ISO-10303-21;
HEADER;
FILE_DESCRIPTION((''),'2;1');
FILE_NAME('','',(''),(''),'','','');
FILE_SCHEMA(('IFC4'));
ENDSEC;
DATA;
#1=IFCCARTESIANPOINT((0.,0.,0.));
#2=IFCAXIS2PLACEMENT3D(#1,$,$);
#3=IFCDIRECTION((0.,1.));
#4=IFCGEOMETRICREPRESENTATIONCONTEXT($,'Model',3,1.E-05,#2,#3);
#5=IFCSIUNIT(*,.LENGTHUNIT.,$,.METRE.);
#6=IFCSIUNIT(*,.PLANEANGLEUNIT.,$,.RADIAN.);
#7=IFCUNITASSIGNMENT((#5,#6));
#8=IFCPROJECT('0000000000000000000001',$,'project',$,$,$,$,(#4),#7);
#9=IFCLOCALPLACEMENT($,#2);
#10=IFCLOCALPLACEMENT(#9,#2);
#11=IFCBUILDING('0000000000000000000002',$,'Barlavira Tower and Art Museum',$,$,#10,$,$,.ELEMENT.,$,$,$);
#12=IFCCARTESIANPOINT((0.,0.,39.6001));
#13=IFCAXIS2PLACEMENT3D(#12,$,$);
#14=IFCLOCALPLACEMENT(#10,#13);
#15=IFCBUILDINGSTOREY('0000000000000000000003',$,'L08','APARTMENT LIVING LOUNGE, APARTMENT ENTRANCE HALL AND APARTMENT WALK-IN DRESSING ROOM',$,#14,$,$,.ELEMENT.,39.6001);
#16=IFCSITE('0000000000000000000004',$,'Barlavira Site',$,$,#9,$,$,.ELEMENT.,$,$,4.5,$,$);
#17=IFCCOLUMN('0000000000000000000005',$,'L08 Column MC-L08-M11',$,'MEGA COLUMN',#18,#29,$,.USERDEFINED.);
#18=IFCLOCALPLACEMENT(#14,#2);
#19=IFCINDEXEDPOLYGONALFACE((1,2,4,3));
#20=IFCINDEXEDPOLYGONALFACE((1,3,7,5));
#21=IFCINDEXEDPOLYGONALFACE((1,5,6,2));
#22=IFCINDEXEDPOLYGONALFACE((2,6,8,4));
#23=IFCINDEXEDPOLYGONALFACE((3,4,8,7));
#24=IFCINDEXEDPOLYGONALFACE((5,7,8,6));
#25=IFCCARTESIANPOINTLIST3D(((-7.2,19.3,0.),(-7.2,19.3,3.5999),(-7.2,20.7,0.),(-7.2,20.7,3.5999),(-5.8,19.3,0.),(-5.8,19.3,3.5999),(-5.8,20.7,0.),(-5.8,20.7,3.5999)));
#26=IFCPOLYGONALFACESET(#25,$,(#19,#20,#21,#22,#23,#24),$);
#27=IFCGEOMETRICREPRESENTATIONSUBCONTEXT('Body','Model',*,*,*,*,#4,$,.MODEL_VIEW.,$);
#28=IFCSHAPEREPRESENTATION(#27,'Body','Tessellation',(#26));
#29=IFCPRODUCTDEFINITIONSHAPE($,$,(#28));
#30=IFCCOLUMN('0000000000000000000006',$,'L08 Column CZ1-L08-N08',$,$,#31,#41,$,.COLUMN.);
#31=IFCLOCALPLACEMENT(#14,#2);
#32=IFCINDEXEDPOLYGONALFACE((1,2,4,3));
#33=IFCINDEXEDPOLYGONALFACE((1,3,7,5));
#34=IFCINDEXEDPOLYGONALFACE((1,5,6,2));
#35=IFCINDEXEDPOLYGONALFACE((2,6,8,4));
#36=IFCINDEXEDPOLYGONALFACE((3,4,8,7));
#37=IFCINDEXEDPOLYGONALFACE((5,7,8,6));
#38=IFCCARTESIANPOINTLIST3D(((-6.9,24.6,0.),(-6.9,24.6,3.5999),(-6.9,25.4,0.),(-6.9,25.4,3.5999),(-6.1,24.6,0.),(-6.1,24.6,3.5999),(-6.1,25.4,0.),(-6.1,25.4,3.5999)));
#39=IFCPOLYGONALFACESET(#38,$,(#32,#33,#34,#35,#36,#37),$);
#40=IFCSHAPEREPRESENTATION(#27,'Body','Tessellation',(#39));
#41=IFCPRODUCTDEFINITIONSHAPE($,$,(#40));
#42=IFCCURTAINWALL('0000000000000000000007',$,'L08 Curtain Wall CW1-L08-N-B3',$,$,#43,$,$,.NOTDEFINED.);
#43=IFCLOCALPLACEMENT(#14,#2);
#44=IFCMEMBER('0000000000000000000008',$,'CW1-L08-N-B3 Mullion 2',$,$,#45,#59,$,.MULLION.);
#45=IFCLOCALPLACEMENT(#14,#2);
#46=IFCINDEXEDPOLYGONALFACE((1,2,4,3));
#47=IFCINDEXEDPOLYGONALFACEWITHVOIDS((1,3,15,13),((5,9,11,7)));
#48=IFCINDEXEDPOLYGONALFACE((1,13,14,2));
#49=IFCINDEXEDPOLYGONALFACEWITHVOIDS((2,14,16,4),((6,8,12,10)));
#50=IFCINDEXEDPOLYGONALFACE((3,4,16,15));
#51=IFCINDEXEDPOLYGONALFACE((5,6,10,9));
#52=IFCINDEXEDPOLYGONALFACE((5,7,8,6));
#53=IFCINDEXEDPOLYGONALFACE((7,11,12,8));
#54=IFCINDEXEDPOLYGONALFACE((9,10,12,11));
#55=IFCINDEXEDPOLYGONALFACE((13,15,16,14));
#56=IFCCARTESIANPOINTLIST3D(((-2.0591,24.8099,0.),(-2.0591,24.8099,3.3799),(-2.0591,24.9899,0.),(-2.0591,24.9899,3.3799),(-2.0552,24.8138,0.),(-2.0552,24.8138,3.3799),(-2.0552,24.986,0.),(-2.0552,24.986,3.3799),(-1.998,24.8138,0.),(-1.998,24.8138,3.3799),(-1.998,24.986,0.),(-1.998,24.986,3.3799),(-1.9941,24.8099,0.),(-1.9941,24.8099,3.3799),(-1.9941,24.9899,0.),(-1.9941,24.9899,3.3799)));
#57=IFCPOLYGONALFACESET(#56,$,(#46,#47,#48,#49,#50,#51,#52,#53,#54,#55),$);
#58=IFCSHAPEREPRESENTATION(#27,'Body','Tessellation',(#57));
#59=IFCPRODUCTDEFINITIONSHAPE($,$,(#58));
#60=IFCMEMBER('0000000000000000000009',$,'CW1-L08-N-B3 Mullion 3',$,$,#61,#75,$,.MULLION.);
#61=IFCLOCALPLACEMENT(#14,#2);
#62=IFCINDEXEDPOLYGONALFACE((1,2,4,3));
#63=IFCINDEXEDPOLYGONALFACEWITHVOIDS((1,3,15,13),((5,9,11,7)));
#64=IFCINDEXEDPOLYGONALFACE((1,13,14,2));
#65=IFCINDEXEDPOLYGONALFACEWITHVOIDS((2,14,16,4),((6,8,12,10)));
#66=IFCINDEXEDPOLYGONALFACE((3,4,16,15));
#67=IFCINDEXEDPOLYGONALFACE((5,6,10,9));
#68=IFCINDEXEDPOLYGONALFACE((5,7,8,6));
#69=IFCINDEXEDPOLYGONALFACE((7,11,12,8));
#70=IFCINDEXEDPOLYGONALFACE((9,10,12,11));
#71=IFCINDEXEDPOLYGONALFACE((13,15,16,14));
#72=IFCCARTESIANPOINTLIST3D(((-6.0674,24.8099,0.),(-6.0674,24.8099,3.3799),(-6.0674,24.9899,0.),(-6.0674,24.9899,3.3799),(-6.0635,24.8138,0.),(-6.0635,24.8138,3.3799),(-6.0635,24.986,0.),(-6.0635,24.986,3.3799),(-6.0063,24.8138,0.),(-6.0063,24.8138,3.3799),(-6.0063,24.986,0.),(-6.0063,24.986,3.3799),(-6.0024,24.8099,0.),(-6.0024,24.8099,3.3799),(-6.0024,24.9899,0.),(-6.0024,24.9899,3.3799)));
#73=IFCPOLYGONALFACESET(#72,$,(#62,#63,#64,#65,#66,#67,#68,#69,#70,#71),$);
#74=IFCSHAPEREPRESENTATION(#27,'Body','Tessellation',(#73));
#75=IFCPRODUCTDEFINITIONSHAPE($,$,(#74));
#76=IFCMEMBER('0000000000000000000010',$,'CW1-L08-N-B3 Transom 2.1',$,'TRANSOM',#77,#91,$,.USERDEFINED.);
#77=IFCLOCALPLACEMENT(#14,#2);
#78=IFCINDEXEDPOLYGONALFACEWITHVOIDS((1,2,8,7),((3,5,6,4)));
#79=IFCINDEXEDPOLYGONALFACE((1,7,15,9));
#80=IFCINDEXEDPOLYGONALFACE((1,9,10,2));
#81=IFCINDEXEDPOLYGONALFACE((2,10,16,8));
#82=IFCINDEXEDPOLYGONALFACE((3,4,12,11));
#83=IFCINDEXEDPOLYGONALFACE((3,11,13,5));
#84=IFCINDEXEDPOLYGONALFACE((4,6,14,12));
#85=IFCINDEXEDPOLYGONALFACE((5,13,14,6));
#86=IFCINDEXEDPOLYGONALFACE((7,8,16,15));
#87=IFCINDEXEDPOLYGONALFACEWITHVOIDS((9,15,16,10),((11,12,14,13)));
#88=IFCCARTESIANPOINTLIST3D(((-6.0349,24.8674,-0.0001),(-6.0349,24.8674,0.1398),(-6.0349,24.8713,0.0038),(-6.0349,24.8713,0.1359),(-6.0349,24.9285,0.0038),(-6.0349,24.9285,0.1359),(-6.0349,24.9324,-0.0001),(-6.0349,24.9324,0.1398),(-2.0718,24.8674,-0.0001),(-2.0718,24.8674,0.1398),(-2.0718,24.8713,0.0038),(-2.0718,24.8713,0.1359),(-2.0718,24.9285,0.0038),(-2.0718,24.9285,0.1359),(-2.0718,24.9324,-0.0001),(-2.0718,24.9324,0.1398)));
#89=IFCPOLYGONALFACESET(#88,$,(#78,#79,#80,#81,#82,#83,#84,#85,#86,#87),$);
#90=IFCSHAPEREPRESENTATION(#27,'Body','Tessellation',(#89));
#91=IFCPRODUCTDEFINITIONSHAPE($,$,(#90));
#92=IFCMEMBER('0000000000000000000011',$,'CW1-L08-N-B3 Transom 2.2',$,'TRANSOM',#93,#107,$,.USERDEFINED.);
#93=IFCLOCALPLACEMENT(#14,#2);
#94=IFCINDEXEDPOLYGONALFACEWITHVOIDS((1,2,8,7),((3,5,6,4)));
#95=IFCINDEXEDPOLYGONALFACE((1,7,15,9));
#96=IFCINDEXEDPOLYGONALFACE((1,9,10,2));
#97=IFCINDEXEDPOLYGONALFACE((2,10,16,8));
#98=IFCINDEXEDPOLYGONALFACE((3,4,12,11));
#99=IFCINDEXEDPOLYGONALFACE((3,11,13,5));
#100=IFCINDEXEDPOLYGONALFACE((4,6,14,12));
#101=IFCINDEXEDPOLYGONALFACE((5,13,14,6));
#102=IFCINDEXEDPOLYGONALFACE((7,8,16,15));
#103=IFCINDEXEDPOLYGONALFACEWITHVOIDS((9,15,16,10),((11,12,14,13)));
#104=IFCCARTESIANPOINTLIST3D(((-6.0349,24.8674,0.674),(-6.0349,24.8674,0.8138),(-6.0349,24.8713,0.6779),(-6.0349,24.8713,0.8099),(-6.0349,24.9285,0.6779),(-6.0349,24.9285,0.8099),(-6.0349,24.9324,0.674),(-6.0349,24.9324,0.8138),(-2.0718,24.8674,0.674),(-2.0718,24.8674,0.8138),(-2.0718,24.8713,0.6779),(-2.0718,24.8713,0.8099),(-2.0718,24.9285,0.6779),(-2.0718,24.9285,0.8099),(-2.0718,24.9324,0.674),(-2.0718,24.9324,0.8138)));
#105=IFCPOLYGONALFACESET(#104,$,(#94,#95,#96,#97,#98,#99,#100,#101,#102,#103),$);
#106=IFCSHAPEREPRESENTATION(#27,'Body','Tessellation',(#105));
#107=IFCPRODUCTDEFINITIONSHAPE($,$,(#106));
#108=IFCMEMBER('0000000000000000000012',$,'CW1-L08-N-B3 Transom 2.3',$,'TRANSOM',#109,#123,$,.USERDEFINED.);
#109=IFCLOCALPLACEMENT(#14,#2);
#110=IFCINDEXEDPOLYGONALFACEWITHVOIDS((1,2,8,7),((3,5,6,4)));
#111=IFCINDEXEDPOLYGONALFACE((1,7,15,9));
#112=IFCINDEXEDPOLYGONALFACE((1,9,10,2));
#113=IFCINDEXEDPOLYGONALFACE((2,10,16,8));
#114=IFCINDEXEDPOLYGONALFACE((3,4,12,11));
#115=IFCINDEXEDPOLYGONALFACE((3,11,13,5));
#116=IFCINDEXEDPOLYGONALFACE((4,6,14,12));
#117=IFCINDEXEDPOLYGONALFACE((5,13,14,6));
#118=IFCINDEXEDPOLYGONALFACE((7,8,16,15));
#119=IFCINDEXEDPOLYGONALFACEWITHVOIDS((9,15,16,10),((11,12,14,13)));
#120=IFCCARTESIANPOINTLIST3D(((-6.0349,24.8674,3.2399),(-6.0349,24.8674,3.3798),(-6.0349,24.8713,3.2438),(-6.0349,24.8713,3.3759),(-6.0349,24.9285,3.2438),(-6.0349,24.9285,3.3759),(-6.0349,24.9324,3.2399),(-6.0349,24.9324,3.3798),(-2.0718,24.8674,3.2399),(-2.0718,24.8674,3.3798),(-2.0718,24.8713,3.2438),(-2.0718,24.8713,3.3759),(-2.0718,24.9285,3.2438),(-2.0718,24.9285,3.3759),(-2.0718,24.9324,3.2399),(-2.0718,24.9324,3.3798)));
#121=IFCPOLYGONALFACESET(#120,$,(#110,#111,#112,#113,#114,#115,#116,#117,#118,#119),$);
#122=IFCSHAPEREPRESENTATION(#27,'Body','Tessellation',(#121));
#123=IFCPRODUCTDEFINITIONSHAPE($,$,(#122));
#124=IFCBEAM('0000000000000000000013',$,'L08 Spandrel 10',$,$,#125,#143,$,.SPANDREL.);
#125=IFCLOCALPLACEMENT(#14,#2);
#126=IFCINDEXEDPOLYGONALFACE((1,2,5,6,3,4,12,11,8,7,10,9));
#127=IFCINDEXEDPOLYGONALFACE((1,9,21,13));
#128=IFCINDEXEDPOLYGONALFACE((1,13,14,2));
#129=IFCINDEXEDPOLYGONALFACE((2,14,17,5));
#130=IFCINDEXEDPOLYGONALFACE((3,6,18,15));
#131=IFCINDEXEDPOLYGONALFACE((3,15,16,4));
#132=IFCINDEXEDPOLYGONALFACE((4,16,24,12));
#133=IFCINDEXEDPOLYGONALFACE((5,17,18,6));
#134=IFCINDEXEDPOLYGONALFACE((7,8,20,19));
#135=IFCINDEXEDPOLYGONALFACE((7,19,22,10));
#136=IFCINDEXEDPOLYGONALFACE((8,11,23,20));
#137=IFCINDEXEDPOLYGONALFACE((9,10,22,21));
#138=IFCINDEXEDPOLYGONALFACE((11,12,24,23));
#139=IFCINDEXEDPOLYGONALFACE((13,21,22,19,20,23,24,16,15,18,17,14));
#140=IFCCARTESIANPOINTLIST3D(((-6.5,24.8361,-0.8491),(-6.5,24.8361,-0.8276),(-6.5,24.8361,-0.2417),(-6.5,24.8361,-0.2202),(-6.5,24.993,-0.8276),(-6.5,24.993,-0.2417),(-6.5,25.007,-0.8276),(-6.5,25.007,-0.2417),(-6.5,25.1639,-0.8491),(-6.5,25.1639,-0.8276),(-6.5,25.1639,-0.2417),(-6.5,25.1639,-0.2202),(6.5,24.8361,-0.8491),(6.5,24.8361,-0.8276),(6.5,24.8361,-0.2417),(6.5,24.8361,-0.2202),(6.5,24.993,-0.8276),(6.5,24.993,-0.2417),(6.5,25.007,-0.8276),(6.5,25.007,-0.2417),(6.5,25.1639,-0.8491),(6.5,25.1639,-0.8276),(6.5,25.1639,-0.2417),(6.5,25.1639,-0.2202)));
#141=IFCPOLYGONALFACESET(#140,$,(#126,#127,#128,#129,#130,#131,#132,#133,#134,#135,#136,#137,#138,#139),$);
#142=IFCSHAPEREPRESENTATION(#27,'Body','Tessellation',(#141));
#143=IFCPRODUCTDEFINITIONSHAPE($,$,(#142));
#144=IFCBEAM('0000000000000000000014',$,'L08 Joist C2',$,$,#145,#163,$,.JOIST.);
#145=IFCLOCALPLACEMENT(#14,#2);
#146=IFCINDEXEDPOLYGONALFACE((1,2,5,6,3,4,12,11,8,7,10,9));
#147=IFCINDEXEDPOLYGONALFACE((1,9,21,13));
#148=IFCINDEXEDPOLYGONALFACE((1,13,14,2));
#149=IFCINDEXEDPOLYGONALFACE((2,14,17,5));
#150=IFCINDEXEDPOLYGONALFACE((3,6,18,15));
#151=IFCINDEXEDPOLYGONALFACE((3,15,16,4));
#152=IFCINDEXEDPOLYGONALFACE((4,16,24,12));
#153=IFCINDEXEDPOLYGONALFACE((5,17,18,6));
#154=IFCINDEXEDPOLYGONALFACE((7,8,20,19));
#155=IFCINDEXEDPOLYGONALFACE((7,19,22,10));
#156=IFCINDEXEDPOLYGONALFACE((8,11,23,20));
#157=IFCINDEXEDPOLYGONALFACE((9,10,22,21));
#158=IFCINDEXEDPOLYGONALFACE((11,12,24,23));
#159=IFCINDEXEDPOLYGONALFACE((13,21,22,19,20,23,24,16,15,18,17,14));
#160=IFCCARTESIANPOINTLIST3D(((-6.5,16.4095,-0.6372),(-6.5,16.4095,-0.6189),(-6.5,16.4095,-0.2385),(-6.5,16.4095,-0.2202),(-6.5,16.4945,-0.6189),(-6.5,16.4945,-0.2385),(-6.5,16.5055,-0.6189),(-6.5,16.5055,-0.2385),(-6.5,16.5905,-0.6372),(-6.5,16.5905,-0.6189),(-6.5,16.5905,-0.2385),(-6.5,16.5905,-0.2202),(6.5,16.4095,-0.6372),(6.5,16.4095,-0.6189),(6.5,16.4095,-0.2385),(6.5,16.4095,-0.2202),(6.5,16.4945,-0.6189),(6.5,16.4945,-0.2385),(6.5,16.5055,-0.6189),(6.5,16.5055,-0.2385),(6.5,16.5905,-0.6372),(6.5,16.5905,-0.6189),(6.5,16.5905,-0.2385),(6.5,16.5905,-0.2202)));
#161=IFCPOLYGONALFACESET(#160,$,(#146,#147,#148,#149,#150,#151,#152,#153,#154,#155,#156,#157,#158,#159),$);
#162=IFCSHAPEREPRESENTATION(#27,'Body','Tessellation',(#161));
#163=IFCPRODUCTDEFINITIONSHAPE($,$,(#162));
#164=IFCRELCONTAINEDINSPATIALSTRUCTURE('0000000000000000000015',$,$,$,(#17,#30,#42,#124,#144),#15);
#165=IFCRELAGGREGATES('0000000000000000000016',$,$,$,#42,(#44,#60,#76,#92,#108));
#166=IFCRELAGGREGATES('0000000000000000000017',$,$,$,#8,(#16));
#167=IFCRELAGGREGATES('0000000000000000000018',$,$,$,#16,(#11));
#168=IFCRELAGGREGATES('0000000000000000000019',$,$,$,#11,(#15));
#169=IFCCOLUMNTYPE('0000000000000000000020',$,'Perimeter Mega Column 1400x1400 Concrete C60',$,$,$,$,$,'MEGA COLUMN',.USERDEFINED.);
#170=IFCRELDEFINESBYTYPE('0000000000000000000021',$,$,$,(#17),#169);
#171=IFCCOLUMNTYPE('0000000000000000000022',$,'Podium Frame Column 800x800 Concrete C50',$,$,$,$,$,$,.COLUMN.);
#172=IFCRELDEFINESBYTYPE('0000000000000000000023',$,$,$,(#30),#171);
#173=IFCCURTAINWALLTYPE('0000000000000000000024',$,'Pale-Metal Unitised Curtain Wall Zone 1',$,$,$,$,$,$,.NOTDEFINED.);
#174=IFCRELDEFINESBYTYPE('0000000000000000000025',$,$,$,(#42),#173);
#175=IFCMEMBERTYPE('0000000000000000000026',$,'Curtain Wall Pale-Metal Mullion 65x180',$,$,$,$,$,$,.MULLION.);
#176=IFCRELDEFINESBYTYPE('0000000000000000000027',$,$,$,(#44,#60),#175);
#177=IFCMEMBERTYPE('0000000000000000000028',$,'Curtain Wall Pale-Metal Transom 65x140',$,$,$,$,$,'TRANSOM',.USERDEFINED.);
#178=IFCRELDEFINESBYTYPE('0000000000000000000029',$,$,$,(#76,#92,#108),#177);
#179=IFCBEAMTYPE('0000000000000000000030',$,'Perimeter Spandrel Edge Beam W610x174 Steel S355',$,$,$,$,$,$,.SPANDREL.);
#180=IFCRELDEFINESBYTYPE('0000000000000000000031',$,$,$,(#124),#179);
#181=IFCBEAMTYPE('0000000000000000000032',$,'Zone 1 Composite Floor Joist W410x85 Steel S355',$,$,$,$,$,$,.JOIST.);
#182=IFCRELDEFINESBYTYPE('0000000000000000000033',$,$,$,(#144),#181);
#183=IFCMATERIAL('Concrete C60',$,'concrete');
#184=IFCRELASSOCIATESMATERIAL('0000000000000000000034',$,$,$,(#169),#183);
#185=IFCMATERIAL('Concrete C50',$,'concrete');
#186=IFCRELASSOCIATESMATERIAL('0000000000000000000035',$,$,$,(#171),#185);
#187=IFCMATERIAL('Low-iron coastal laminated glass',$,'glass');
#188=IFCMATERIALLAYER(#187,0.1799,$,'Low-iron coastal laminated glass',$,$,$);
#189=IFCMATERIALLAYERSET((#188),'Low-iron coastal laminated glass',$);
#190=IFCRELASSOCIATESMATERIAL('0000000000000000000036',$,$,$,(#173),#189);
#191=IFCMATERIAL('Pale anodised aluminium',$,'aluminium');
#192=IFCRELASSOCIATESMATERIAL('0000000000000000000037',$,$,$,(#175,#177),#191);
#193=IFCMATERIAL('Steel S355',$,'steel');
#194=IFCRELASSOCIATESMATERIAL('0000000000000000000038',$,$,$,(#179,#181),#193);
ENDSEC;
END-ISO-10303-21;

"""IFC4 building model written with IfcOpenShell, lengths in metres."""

from ifc_helpers import new_model, si_unit, direction, frame, origin, origin_2d, place, context, subcontext, project, spatial, rectangle, hollow_rectangle, i_section, extrude, material, layer, layer_set, material_profile, profile_set, type_object, element, aggregate, save


model = new_model("IFC4")

# Units and contexts
model_context = context("Model", 3, precision=1e-05, world=origin(), true_north=direction((0.0, 1.0)))
body_context = subcontext(model_context, "Body", "Model", "MODEL_VIEW")
ifc_project = project(units=[si_unit("LENGTHUNIT", "METRE"), si_unit("PLANEANGLEUNIT", "RADIAN")], contexts=[model_context])

# Site, building, storey
site_placement = place(None, origin())
site = spatial("IfcSite", under=ifc_project, at=site_placement, Name="Barlavira Site", CompositionType="ELEMENT", RefElevation=4.5)
building_placement = place(site_placement, origin())
building = spatial("IfcBuilding", under=site, at=building_placement, Name="Barlavira Tower and Art Museum", CompositionType="ELEMENT")
storey_placement = place(building_placement, frame((0.0, 0.0, 39.6001)))
storey = spatial("IfcBuildingStorey", under=building, at=storey_placement, Name="L08", Description="APARTMENT LIVING LOUNGE, APARTMENT ENTRANCE HALL AND APARTMENT WALK-IN DRESSING ROOM", CompositionType="ELEMENT", Elevation=39.6001)

# Columns
ifc_material_1 = material(Name="Concrete C60", Category="concrete")
ifc_material_profile_1 = material_profile(ifc_material_1, rectangle(XDim=1.3999, YDim=1.3999, at=origin_2d()), Name="RC-MCOL 1400x1400")
ifc_profile_set_1 = profile_set([ifc_material_profile_1], Name="Concrete C60")
column_type_1 = type_object("IfcColumnType", Name="Perimeter Mega Column 1400x1400 Concrete C60", ElementType="MEGA COLUMN", PredefinedType="USERDEFINED", material=ifc_profile_set_1)
column_1_placement = place(storey_placement, frame((-6.5, 20.0, 0.0), z_axis=(0.0, 0.0, 1.0), x_axis=(1.0, 0.0, 0.0)))
element("IfcColumn", 1, at=column_1_placement, inside=storey, type_object=column_type_1, Name="L08 Column MC-L08-M11", ObjectType="MEGA COLUMN", PredefinedType="USERDEFINED", context=body_context, shape_type="SweptSolid", body=[
    extrude(rectangle(XDim=1.3999, YDim=1.3999, at=origin_2d()), origin(), (0.0, 0.0, 1.0), 3.5999),
])
ifc_material_2 = material(Name="Concrete C50", Category="concrete")
ifc_material_profile_2 = material_profile(ifc_material_2, rectangle(XDim=0.8, YDim=0.8, at=origin_2d()), Name="RC-COL 800x800")
ifc_profile_set_2 = profile_set([ifc_material_profile_2], Name="Concrete C50")
column_type_2 = type_object("IfcColumnType", Name="Podium Frame Column 800x800 Concrete C50", PredefinedType="COLUMN", material=ifc_profile_set_2)
column_2_placement = place(storey_placement, frame((-6.5, 25.0, 0.0), z_axis=(0.0, 0.0, 1.0), x_axis=(1.0, 0.0, 0.0)))
element("IfcColumn", 2, at=column_2_placement, inside=storey, type_object=column_type_2, Name="L08 Column CZ1-L08-N08", PredefinedType="COLUMN", context=body_context, shape_type="SweptSolid", body=[
    extrude(rectangle(XDim=0.8, YDim=0.8, at=origin_2d()), origin(), (0.0, 0.0, 1.0), 3.5999),
])

# Curtain wall, members
ifc_material_3 = material(Name="Low-iron coastal laminated glass", Category="glass")
ifc_layer_1 = layer(ifc_material_3, 0.1799, Name="Low-iron coastal laminated glass")
ifc_layer_set_1 = layer_set([ifc_layer_1], Name="Low-iron coastal laminated glass")
curtain_wall_type = type_object("IfcCurtainWallType", Name="Pale-Metal Unitised Curtain Wall Zone 1", PredefinedType="NOTDEFINED", material=ifc_layer_set_1)
curtain_wall_placement = place(storey_placement, origin())
curtain_wall = element("IfcCurtainWall", 3, at=curtain_wall_placement, inside=storey, type_object=curtain_wall_type, Name="L08 Curtain Wall CW1-L08-N-B3", PredefinedType="NOTDEFINED")
ifc_material_4 = material(Name="Pale anodised aluminium", Category="aluminium")
ifc_material_profile_3 = material_profile(ifc_material_4, hollow_rectangle(XDim=0.0649, YDim=0.1799, WallThickness=0.0039, at=origin_2d()), Name="ALU-MULL 65x180x4")
ifc_profile_set_3 = profile_set([ifc_material_profile_3], Name="Pale anodised aluminium")
member_type_1 = type_object("IfcMemberType", Name="Curtain Wall Pale-Metal Mullion 65x180", PredefinedType="MULLION", material=ifc_profile_set_3)
member_1_placement = place(storey_placement, frame((-2.0266, 24.8999, 0.0), z_axis=(0.0, 0.0, 1.0), x_axis=(-1.0, 0.0, 0.0)))
member_1 = element("IfcMember", 4, at=member_1_placement, type_object=member_type_1, Name="CW1-L08-N-B3 Mullion 2", PredefinedType="MULLION", context=body_context, shape_type="SweptSolid", body=[
    extrude(hollow_rectangle(XDim=0.0649, YDim=0.1799, WallThickness=0.0039, at=origin_2d()), origin(), (0.0, 0.0, 1.0), 3.3799),
])
member_2_placement = place(storey_placement, frame((-6.0349, 24.8999, 0.0), z_axis=(0.0, 0.0, 1.0), x_axis=(-1.0, 0.0, 0.0)))
member_2 = element("IfcMember", 5, at=member_2_placement, type_object=member_type_1, Name="CW1-L08-N-B3 Mullion 3", PredefinedType="MULLION", context=body_context, shape_type="SweptSolid", body=[
    extrude(hollow_rectangle(XDim=0.0649, YDim=0.1799, WallThickness=0.0039, at=origin_2d()), origin(), (0.0, 0.0, 1.0), 3.3799),
])
ifc_material_profile_4 = material_profile(ifc_material_4, hollow_rectangle(XDim=0.0649, YDim=0.1399, WallThickness=0.0039, at=origin_2d()), Name="ALU-TRAN 65x140x4")
ifc_profile_set_4 = profile_set([ifc_material_profile_4], Name="Pale anodised aluminium")
member_type_2 = type_object("IfcMemberType", Name="Curtain Wall Pale-Metal Transom 65x140", ElementType="TRANSOM", PredefinedType="USERDEFINED", material=ifc_profile_set_4)
member_3_placement = place(storey_placement, frame((-2.0718, 24.8999, 0.0698), z_axis=(-1.0, 0.0, 0.0), x_axis=(0.0, -1.0, 0.0)))
member_3 = element("IfcMember", 6, at=member_3_placement, type_object=member_type_2, Name="CW1-L08-N-B3 Transom 2.1", ObjectType="TRANSOM", PredefinedType="USERDEFINED", context=body_context, shape_type="SweptSolid", body=[
    extrude(hollow_rectangle(XDim=0.0649, YDim=0.1399, WallThickness=0.0039, at=origin_2d()), origin(), (0.0, 0.0, 1.0), 3.9631),
])
member_4_placement = place(storey_placement, frame((-2.0718, 24.8999, 0.7439), z_axis=(-1.0, 0.0, 0.0), x_axis=(0.0, -1.0, 0.0)))
member_4 = element("IfcMember", 7, at=member_4_placement, type_object=member_type_2, Name="CW1-L08-N-B3 Transom 2.2", ObjectType="TRANSOM", PredefinedType="USERDEFINED", context=body_context, shape_type="SweptSolid", body=[
    extrude(hollow_rectangle(XDim=0.0649, YDim=0.1399, WallThickness=0.0039, at=origin_2d()), origin(), (0.0, 0.0, 1.0), 3.9631),
])
member_5_placement = place(storey_placement, frame((-2.0718, 24.8999, 3.3098), z_axis=(-1.0, 0.0, 0.0), x_axis=(0.0, -1.0, 0.0)))
member_5 = element("IfcMember", 8, at=member_5_placement, type_object=member_type_2, Name="CW1-L08-N-B3 Transom 2.3", ObjectType="TRANSOM", PredefinedType="USERDEFINED", context=body_context, shape_type="SweptSolid", body=[
    extrude(hollow_rectangle(XDim=0.0649, YDim=0.1399, WallThickness=0.0039, at=origin_2d()), origin(), (0.0, 0.0, 1.0), 3.9631),
])

# Beams
ifc_material_5 = material(Name="Steel S355", Category="steel")
ifc_material_profile_5 = material_profile(ifc_material_5, i_section(OverallWidth=0.3279, OverallDepth=0.6289, WebThickness=0.0139, FlangeThickness=0.0215, at=origin_2d()), Name="W610x174.0")
ifc_profile_set_5 = profile_set([ifc_material_profile_5], Name="Steel S355")
beam_type_1 = type_object("IfcBeamType", Name="Perimeter Spandrel Edge Beam W610x174 Steel S355", PredefinedType="SPANDREL", material=ifc_profile_set_5)
beam_1_placement = place(storey_placement, frame((-6.5, 25.0, -0.5347), z_axis=(1.0, 0.0, 0.0), x_axis=(0.0, 1.0, 0.0)))
element("IfcBeam", 9, at=beam_1_placement, inside=storey, type_object=beam_type_1, Name="L08 Spandrel 10", PredefinedType="SPANDREL", context=body_context, shape_type="SweptSolid", body=[
    extrude(i_section(OverallWidth=0.3279, OverallDepth=0.6289, WebThickness=0.0139, FlangeThickness=0.0215, at=origin_2d()), origin(), (0.0, 0.0, 1.0), 13.0),
])
ifc_material_profile_6 = material_profile(ifc_material_5, i_section(OverallWidth=0.1809, OverallDepth=0.417, WebThickness=0.011, FlangeThickness=0.0183, at=origin_2d()), Name="W410x85.0")
ifc_profile_set_6 = profile_set([ifc_material_profile_6], Name="Steel S355")
beam_type_2 = type_object("IfcBeamType", Name="Zone 1 Composite Floor Joist W410x85 Steel S355", PredefinedType="JOIST", material=ifc_profile_set_6)
beam_2_placement = place(storey_placement, frame((-6.5, 16.5, -0.4287), z_axis=(1.0, 0.0, 0.0), x_axis=(0.0, 1.0, 0.0)))
element("IfcBeam", 10, at=beam_2_placement, inside=storey, type_object=beam_type_2, Name="L08 Joist C2", PredefinedType="JOIST", context=body_context, shape_type="SweptSolid", body=[
    extrude(i_section(OverallWidth=0.1809, OverallDepth=0.417, WebThickness=0.011, FlangeThickness=0.0183, at=origin_2d()), origin(), (0.0, 0.0, 1.0), 13.0),
])

aggregate(curtain_wall, [member_1, member_2, member_3, member_4, member_5])

save(model, "model.ifc")
